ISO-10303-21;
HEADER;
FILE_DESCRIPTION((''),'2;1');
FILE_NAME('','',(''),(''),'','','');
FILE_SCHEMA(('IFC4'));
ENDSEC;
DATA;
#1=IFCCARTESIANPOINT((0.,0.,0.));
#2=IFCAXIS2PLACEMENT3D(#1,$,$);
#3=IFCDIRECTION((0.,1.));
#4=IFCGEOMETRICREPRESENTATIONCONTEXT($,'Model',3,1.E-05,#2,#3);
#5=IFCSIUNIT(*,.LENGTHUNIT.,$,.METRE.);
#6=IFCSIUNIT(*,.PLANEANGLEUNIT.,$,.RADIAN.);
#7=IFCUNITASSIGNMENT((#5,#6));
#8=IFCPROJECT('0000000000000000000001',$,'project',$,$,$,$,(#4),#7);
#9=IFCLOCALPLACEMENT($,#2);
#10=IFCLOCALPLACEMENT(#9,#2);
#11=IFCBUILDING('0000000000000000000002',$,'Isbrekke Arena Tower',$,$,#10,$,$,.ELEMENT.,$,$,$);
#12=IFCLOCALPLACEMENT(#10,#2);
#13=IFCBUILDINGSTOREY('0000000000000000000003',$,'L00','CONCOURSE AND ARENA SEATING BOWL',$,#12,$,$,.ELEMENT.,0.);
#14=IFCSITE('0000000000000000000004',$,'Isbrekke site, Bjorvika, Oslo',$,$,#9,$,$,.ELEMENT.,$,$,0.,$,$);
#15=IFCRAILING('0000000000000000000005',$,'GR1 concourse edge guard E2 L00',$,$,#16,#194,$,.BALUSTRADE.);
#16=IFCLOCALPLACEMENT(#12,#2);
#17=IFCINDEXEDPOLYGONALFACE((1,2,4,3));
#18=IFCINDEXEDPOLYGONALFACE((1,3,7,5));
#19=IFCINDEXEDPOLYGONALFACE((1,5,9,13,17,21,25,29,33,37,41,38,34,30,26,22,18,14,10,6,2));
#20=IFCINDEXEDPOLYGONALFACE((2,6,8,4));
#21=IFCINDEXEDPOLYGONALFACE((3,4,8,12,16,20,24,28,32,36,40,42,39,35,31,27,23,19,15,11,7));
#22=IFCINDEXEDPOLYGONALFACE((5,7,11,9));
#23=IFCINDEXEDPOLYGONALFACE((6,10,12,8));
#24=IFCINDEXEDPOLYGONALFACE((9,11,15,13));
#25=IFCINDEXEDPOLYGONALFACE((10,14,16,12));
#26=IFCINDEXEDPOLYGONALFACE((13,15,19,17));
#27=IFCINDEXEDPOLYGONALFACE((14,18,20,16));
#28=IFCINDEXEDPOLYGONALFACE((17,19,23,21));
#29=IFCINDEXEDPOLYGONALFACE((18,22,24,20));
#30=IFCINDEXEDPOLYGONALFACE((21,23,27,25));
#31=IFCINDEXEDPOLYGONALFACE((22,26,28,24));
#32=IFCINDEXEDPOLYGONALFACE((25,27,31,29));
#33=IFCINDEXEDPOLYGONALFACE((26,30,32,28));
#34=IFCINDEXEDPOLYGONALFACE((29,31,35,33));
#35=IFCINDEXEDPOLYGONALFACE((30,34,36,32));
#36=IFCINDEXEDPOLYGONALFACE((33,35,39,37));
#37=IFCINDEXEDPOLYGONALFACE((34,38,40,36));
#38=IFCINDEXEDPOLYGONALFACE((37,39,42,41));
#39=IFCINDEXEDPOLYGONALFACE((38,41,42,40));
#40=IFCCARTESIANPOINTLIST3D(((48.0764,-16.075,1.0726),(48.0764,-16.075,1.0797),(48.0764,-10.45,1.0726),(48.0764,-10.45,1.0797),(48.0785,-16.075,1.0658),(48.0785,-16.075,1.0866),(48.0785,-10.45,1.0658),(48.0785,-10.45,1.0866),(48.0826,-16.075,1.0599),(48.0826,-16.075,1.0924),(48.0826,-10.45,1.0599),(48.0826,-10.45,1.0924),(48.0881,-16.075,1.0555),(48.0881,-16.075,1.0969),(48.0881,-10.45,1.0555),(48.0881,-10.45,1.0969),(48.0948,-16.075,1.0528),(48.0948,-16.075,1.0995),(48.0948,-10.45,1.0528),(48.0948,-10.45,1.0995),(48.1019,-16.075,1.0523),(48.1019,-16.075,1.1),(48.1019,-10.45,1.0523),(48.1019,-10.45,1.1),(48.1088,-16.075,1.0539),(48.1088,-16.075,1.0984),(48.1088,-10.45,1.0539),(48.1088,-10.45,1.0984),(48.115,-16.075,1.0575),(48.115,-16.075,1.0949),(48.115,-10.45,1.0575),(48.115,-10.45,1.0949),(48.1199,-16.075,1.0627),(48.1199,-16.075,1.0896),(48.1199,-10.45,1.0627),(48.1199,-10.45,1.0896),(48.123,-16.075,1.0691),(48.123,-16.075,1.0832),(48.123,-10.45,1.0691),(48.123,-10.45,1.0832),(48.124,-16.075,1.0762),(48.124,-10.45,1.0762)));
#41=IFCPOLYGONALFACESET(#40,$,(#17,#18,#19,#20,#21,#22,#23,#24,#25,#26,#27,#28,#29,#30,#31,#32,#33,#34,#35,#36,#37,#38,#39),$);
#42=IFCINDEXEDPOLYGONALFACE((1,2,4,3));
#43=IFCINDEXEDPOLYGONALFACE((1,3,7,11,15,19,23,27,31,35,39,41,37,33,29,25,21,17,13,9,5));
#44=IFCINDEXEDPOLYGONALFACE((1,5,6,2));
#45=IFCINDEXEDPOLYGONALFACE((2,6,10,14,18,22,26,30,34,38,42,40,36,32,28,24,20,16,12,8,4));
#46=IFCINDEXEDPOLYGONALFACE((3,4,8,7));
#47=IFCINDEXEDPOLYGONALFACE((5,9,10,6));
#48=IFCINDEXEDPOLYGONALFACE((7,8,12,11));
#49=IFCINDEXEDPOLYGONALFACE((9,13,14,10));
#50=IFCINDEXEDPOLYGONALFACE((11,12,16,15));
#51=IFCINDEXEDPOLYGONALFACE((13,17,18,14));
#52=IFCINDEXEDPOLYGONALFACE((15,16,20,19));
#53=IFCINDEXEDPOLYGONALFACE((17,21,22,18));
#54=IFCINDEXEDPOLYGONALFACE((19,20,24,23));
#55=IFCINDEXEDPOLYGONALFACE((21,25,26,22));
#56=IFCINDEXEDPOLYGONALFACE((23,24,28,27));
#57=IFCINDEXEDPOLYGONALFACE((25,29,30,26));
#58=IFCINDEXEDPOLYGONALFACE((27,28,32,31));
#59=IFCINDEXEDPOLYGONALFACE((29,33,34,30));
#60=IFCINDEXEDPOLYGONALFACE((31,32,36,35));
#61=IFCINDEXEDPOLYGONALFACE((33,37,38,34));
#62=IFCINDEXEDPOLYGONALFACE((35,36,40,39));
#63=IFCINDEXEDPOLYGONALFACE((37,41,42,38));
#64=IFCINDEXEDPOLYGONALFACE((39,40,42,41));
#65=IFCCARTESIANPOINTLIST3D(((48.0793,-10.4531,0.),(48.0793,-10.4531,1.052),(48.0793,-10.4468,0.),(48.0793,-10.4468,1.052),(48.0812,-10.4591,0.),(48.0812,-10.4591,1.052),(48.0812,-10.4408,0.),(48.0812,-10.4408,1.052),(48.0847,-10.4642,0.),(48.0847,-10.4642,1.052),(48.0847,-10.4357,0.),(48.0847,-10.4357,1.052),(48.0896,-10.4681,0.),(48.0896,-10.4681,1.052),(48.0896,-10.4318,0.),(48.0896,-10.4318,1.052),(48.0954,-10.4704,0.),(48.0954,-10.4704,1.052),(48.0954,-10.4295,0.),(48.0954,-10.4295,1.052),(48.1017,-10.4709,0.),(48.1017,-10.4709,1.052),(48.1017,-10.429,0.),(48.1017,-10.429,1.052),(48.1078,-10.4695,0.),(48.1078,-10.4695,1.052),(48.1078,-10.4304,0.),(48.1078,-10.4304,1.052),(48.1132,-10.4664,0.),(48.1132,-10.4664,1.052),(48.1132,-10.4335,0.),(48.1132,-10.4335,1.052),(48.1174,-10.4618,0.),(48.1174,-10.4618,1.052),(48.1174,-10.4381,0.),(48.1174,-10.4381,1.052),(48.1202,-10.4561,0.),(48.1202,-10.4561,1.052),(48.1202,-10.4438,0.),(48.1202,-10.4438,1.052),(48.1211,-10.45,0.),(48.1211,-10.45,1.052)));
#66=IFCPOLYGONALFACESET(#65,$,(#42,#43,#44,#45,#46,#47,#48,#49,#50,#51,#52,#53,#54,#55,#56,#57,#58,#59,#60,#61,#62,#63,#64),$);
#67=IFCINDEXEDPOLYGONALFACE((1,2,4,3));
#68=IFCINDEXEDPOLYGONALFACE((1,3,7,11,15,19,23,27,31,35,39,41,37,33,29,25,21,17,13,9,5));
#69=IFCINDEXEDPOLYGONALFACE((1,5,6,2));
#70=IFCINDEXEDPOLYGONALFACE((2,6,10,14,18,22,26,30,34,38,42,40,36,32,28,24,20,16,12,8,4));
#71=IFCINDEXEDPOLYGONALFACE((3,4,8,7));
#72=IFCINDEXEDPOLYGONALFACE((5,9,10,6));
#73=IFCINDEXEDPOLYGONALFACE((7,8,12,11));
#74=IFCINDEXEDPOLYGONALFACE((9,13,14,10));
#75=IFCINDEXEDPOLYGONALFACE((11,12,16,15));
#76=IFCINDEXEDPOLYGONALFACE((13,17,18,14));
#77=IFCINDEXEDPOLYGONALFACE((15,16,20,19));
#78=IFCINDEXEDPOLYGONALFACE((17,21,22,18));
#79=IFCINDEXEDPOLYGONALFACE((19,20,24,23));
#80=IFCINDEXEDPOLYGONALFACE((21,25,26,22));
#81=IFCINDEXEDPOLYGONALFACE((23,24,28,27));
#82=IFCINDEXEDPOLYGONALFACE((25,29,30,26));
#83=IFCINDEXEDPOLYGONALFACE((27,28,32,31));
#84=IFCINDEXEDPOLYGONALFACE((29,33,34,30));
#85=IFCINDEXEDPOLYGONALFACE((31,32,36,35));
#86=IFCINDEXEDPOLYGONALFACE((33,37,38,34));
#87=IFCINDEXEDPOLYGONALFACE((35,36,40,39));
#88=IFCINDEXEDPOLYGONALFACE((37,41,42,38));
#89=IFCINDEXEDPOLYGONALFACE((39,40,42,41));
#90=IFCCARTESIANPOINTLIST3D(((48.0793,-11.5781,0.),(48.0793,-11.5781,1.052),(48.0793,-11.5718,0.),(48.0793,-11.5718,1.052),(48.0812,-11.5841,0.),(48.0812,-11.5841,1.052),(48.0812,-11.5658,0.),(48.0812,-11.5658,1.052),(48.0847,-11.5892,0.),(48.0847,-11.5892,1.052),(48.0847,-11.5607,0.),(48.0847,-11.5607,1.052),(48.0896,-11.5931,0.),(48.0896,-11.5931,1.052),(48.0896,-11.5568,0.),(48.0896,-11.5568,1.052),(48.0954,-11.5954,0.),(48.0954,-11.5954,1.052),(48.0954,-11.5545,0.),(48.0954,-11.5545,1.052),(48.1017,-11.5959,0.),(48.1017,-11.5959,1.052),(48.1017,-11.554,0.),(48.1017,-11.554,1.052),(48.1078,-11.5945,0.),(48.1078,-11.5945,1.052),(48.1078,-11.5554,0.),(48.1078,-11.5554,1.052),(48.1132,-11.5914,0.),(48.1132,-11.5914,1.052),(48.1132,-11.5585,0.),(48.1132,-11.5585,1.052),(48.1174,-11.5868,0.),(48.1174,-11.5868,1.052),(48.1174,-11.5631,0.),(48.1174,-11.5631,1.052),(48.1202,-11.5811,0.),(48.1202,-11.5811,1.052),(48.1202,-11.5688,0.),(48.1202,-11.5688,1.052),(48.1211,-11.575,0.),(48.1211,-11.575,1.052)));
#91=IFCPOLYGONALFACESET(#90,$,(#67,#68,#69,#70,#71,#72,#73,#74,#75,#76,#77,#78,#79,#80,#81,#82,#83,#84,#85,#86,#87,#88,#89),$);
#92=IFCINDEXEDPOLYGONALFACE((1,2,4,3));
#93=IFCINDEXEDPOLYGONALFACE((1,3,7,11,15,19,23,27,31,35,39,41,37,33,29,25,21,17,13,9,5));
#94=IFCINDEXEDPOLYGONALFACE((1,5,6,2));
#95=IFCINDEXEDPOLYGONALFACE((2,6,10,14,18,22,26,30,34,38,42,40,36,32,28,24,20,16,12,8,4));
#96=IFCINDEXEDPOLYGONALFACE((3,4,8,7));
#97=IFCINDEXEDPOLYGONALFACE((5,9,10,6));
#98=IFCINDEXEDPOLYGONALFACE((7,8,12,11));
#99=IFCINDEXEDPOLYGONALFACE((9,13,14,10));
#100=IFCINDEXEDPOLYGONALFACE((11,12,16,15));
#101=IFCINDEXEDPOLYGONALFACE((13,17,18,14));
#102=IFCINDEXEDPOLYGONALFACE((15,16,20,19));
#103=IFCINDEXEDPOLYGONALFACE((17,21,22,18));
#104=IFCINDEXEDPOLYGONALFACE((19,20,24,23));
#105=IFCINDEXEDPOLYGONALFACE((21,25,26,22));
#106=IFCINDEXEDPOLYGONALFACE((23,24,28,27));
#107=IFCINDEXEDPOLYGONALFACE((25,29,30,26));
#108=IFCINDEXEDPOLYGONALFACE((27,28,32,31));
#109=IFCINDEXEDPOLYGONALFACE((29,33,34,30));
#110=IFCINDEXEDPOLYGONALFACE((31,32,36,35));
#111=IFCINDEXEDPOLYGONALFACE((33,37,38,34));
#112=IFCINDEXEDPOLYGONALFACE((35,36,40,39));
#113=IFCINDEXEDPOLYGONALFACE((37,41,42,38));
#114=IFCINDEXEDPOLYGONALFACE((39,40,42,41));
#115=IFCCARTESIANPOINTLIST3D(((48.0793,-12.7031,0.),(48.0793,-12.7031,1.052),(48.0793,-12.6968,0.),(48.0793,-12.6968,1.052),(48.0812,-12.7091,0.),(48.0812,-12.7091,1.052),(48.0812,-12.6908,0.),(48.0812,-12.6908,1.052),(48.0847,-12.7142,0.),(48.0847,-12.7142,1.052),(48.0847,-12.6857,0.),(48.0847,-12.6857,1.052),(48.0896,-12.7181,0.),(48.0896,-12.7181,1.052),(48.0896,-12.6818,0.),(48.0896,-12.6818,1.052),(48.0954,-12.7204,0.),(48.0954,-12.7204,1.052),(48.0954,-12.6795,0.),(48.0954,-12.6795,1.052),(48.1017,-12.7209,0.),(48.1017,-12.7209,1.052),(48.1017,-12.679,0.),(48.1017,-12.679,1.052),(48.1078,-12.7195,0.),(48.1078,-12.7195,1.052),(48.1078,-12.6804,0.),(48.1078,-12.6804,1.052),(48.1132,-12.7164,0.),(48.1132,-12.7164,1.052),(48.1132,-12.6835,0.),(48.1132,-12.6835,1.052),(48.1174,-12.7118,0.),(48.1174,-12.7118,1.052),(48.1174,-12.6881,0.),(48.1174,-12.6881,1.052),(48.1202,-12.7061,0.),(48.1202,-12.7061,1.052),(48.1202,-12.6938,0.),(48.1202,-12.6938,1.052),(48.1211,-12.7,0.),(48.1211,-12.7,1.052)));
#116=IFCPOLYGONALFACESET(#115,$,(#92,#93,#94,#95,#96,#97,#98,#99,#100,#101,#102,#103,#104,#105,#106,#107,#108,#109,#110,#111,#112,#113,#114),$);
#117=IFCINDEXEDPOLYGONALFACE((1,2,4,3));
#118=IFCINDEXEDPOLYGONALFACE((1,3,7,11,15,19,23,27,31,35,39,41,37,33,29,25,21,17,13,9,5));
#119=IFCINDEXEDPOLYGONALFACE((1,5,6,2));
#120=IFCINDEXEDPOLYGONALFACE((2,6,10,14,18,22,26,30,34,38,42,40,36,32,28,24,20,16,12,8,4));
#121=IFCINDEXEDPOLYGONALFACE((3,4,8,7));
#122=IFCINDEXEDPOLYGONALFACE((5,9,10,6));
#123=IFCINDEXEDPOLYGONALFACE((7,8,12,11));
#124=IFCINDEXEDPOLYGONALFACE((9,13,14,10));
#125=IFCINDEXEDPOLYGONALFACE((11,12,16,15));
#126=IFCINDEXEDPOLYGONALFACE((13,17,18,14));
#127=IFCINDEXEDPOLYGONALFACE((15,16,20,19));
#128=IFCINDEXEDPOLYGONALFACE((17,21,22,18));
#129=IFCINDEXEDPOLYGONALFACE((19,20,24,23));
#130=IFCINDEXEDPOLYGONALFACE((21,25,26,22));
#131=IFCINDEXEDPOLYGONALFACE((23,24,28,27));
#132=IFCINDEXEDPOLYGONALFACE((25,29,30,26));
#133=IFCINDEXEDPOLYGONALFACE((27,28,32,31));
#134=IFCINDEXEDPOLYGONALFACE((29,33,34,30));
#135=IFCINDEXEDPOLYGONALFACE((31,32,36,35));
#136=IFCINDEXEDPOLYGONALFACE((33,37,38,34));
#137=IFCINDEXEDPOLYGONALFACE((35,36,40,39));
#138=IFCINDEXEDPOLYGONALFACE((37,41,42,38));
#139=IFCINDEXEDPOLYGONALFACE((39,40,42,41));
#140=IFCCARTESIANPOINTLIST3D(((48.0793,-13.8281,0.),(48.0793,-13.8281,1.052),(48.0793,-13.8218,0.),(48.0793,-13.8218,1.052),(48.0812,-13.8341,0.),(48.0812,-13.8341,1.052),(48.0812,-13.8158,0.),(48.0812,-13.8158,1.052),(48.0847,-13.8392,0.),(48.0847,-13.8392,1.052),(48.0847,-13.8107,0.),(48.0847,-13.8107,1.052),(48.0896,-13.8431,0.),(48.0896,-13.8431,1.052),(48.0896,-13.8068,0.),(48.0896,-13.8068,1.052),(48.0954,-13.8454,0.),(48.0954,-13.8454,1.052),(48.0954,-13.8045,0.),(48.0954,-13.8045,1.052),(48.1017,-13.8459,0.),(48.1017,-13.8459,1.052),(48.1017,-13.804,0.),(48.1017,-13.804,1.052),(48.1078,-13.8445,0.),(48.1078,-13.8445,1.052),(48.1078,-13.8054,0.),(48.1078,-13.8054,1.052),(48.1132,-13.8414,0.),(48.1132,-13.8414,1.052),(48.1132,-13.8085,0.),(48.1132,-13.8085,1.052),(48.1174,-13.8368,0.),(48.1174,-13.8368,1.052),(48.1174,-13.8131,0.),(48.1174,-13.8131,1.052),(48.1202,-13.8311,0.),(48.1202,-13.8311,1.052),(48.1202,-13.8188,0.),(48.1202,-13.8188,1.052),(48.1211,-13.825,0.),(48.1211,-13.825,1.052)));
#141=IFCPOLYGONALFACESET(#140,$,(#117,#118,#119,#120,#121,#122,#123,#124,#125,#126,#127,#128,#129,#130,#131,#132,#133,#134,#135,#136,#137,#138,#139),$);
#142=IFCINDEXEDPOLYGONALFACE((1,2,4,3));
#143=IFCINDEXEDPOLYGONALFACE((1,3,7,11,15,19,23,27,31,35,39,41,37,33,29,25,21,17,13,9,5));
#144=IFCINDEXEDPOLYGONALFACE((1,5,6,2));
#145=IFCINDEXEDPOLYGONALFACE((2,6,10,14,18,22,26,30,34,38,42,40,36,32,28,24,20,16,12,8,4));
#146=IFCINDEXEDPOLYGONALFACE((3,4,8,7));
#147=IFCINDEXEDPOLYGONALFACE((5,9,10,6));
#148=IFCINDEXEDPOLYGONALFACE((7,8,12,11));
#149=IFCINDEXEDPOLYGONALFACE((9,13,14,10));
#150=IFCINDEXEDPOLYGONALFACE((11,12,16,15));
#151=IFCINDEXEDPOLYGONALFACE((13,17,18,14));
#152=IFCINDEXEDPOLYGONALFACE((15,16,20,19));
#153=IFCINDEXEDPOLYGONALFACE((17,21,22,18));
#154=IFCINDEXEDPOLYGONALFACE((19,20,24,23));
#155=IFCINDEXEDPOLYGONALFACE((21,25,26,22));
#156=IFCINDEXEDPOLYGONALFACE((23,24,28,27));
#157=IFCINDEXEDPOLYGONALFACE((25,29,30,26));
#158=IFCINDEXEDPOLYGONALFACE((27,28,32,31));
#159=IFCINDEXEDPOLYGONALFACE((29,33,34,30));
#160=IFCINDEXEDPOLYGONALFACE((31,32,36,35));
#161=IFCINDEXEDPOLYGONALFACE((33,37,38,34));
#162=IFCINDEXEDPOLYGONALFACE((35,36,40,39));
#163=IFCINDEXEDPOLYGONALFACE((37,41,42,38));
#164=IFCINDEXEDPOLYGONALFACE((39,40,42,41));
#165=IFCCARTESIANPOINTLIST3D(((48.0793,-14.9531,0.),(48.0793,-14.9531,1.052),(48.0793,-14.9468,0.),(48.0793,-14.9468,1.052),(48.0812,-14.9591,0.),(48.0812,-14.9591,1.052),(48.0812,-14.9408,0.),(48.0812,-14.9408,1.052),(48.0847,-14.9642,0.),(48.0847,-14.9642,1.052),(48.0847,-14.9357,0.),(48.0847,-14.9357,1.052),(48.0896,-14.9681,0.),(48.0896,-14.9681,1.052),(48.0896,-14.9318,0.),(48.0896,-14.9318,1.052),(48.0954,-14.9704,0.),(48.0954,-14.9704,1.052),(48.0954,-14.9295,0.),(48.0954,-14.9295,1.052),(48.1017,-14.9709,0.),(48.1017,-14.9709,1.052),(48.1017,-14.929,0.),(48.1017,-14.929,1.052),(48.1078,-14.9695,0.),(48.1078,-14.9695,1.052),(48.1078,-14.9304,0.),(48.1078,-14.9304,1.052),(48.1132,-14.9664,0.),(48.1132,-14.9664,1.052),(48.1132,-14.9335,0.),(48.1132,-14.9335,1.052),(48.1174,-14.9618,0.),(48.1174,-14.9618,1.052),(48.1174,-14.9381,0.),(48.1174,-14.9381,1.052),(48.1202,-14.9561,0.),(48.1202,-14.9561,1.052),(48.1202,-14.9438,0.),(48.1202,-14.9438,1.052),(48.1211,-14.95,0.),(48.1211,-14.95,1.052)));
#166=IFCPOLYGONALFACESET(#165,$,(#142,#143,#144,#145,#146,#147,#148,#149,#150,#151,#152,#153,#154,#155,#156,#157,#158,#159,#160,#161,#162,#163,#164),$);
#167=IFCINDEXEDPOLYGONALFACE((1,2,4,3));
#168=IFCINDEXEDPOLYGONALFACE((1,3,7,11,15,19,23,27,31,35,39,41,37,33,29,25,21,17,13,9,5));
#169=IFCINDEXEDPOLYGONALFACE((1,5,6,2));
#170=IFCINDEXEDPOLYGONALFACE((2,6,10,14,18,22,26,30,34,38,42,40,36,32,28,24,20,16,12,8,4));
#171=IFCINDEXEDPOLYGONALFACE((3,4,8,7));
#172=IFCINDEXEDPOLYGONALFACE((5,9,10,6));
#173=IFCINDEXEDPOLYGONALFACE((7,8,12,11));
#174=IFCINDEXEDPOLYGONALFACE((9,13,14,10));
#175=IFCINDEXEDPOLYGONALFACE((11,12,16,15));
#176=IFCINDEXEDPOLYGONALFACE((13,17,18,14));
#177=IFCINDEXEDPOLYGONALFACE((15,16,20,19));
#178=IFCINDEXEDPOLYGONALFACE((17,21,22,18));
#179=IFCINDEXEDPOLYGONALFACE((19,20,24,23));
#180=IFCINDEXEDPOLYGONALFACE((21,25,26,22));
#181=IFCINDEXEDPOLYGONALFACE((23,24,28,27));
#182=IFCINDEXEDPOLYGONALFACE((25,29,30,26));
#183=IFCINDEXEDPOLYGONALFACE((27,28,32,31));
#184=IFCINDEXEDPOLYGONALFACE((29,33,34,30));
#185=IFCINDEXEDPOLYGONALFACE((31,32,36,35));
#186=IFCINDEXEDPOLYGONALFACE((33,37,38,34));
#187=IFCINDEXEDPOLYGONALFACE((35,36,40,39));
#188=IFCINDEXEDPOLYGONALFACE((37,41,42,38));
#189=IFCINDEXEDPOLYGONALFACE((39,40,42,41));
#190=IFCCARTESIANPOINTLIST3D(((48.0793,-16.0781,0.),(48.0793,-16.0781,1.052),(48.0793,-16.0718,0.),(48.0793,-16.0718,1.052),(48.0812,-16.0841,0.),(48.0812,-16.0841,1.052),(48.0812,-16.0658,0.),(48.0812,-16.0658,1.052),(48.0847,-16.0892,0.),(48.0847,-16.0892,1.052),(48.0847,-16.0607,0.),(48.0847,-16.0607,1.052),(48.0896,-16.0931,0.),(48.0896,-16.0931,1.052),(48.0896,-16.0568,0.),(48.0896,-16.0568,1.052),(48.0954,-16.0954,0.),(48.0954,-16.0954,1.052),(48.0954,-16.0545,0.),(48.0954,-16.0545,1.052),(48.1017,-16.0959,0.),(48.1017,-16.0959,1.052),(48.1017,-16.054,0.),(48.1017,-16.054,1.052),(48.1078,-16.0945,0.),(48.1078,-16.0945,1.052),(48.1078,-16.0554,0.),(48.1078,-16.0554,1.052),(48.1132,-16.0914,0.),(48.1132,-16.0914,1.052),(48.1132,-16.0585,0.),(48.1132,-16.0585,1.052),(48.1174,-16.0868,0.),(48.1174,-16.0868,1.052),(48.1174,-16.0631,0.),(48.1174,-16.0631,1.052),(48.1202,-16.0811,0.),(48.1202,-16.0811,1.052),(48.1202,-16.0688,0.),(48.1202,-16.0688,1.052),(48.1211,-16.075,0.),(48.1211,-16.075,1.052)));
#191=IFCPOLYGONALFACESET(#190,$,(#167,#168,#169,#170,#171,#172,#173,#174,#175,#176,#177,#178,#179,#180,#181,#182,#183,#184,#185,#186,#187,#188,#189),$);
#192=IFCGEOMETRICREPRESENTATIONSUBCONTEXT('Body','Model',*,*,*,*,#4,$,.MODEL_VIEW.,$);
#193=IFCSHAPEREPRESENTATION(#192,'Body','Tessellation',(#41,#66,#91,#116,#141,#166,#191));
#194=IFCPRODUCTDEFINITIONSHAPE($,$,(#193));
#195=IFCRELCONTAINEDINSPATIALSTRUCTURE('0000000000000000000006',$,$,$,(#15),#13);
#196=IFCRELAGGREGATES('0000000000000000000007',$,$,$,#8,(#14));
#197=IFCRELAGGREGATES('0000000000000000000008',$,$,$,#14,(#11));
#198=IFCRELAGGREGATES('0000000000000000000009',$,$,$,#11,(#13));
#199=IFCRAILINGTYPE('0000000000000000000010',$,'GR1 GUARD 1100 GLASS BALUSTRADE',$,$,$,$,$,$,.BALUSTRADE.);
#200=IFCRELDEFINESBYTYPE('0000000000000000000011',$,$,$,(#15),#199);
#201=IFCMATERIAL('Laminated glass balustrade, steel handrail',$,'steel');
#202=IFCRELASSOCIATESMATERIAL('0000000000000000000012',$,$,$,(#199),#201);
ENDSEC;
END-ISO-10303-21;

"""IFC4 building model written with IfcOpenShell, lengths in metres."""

from ifc_helpers import new_model, si_unit, direction, frame, origin, origin_2d, place, context, subcontext, project, spatial, circle, extrude, material, type_object, element, save


model = new_model("IFC4")

# Units and contexts
model_context = context("Model", 3, precision=1e-05, world=origin(), true_north=direction((0.0, 1.0)))
body_context = subcontext(model_context, "Body", "Model", "MODEL_VIEW")
ifc_project = project(units=[si_unit("LENGTHUNIT", "METRE"), si_unit("PLANEANGLEUNIT", "RADIAN")], contexts=[model_context])

# Site, building, storey
site_placement = place(None, origin())
site = spatial("IfcSite", under=ifc_project, at=site_placement, Name="Isbrekke site, Bjorvika, Oslo", CompositionType="ELEMENT", RefElevation=0.0)
building_placement = place(site_placement, origin())
building = spatial("IfcBuilding", under=site, at=building_placement, Name="Isbrekke Arena Tower", CompositionType="ELEMENT")
storey_placement = place(building_placement, origin())
storey = spatial("IfcBuildingStorey", under=building, at=storey_placement, Name="L00", Description="CONCOURSE AND ARENA SEATING BOWL", CompositionType="ELEMENT", Elevation=0.0)

# Railing
ifc_material_1 = material(Name="Laminated glass balustrade, steel handrail", Category="steel")
railing_type = type_object("IfcRailingType", Name="GR1 GUARD 1100 GLASS BALUSTRADE", PredefinedType="BALUSTRADE", material=ifc_material_1)
railing_placement = place(storey_placement, frame((48.1001, -10.45, 0.0)))
element("IfcRailing", 1, at=railing_placement, inside=storey, type_object=railing_type, Name="GR1 concourse edge guard E2 L00", PredefinedType="BALUSTRADE", context=body_context, shape_type="SweptSolid", body=[
    extrude(circle(Radius=0.0239, at=origin_2d()), frame((0.0, 0.0, 1.0762), z_axis=(0.0, -1.0, 0.0), x_axis=(1.0, 0.0, 0.0)), (0.0, 0.0, 1.0), 5.625),
    extrude(circle(Radius=0.021, at=origin_2d()), origin(), (0.0, 0.0, 1.0), 1.052),
    extrude(circle(Radius=0.021, at=origin_2d()), frame((0.0, -1.125, 0.0)), (0.0, 0.0, 1.0), 1.052),
    extrude(circle(Radius=0.021, at=origin_2d()), frame((0.0, -2.25, 0.0)), (0.0, 0.0, 1.0), 1.052),
    extrude(circle(Radius=0.021, at=origin_2d()), frame((0.0, -3.375, 0.0)), (0.0, 0.0, 1.0), 1.052),
    extrude(circle(Radius=0.021, at=origin_2d()), frame((0.0, -4.5, 0.0)), (0.0, 0.0, 1.0), 1.052),
    extrude(circle(Radius=0.021, at=origin_2d()), frame((0.0, -5.625, 0.0)), (0.0, 0.0, 1.0), 1.052),
])

save(model, "model.ifc")
